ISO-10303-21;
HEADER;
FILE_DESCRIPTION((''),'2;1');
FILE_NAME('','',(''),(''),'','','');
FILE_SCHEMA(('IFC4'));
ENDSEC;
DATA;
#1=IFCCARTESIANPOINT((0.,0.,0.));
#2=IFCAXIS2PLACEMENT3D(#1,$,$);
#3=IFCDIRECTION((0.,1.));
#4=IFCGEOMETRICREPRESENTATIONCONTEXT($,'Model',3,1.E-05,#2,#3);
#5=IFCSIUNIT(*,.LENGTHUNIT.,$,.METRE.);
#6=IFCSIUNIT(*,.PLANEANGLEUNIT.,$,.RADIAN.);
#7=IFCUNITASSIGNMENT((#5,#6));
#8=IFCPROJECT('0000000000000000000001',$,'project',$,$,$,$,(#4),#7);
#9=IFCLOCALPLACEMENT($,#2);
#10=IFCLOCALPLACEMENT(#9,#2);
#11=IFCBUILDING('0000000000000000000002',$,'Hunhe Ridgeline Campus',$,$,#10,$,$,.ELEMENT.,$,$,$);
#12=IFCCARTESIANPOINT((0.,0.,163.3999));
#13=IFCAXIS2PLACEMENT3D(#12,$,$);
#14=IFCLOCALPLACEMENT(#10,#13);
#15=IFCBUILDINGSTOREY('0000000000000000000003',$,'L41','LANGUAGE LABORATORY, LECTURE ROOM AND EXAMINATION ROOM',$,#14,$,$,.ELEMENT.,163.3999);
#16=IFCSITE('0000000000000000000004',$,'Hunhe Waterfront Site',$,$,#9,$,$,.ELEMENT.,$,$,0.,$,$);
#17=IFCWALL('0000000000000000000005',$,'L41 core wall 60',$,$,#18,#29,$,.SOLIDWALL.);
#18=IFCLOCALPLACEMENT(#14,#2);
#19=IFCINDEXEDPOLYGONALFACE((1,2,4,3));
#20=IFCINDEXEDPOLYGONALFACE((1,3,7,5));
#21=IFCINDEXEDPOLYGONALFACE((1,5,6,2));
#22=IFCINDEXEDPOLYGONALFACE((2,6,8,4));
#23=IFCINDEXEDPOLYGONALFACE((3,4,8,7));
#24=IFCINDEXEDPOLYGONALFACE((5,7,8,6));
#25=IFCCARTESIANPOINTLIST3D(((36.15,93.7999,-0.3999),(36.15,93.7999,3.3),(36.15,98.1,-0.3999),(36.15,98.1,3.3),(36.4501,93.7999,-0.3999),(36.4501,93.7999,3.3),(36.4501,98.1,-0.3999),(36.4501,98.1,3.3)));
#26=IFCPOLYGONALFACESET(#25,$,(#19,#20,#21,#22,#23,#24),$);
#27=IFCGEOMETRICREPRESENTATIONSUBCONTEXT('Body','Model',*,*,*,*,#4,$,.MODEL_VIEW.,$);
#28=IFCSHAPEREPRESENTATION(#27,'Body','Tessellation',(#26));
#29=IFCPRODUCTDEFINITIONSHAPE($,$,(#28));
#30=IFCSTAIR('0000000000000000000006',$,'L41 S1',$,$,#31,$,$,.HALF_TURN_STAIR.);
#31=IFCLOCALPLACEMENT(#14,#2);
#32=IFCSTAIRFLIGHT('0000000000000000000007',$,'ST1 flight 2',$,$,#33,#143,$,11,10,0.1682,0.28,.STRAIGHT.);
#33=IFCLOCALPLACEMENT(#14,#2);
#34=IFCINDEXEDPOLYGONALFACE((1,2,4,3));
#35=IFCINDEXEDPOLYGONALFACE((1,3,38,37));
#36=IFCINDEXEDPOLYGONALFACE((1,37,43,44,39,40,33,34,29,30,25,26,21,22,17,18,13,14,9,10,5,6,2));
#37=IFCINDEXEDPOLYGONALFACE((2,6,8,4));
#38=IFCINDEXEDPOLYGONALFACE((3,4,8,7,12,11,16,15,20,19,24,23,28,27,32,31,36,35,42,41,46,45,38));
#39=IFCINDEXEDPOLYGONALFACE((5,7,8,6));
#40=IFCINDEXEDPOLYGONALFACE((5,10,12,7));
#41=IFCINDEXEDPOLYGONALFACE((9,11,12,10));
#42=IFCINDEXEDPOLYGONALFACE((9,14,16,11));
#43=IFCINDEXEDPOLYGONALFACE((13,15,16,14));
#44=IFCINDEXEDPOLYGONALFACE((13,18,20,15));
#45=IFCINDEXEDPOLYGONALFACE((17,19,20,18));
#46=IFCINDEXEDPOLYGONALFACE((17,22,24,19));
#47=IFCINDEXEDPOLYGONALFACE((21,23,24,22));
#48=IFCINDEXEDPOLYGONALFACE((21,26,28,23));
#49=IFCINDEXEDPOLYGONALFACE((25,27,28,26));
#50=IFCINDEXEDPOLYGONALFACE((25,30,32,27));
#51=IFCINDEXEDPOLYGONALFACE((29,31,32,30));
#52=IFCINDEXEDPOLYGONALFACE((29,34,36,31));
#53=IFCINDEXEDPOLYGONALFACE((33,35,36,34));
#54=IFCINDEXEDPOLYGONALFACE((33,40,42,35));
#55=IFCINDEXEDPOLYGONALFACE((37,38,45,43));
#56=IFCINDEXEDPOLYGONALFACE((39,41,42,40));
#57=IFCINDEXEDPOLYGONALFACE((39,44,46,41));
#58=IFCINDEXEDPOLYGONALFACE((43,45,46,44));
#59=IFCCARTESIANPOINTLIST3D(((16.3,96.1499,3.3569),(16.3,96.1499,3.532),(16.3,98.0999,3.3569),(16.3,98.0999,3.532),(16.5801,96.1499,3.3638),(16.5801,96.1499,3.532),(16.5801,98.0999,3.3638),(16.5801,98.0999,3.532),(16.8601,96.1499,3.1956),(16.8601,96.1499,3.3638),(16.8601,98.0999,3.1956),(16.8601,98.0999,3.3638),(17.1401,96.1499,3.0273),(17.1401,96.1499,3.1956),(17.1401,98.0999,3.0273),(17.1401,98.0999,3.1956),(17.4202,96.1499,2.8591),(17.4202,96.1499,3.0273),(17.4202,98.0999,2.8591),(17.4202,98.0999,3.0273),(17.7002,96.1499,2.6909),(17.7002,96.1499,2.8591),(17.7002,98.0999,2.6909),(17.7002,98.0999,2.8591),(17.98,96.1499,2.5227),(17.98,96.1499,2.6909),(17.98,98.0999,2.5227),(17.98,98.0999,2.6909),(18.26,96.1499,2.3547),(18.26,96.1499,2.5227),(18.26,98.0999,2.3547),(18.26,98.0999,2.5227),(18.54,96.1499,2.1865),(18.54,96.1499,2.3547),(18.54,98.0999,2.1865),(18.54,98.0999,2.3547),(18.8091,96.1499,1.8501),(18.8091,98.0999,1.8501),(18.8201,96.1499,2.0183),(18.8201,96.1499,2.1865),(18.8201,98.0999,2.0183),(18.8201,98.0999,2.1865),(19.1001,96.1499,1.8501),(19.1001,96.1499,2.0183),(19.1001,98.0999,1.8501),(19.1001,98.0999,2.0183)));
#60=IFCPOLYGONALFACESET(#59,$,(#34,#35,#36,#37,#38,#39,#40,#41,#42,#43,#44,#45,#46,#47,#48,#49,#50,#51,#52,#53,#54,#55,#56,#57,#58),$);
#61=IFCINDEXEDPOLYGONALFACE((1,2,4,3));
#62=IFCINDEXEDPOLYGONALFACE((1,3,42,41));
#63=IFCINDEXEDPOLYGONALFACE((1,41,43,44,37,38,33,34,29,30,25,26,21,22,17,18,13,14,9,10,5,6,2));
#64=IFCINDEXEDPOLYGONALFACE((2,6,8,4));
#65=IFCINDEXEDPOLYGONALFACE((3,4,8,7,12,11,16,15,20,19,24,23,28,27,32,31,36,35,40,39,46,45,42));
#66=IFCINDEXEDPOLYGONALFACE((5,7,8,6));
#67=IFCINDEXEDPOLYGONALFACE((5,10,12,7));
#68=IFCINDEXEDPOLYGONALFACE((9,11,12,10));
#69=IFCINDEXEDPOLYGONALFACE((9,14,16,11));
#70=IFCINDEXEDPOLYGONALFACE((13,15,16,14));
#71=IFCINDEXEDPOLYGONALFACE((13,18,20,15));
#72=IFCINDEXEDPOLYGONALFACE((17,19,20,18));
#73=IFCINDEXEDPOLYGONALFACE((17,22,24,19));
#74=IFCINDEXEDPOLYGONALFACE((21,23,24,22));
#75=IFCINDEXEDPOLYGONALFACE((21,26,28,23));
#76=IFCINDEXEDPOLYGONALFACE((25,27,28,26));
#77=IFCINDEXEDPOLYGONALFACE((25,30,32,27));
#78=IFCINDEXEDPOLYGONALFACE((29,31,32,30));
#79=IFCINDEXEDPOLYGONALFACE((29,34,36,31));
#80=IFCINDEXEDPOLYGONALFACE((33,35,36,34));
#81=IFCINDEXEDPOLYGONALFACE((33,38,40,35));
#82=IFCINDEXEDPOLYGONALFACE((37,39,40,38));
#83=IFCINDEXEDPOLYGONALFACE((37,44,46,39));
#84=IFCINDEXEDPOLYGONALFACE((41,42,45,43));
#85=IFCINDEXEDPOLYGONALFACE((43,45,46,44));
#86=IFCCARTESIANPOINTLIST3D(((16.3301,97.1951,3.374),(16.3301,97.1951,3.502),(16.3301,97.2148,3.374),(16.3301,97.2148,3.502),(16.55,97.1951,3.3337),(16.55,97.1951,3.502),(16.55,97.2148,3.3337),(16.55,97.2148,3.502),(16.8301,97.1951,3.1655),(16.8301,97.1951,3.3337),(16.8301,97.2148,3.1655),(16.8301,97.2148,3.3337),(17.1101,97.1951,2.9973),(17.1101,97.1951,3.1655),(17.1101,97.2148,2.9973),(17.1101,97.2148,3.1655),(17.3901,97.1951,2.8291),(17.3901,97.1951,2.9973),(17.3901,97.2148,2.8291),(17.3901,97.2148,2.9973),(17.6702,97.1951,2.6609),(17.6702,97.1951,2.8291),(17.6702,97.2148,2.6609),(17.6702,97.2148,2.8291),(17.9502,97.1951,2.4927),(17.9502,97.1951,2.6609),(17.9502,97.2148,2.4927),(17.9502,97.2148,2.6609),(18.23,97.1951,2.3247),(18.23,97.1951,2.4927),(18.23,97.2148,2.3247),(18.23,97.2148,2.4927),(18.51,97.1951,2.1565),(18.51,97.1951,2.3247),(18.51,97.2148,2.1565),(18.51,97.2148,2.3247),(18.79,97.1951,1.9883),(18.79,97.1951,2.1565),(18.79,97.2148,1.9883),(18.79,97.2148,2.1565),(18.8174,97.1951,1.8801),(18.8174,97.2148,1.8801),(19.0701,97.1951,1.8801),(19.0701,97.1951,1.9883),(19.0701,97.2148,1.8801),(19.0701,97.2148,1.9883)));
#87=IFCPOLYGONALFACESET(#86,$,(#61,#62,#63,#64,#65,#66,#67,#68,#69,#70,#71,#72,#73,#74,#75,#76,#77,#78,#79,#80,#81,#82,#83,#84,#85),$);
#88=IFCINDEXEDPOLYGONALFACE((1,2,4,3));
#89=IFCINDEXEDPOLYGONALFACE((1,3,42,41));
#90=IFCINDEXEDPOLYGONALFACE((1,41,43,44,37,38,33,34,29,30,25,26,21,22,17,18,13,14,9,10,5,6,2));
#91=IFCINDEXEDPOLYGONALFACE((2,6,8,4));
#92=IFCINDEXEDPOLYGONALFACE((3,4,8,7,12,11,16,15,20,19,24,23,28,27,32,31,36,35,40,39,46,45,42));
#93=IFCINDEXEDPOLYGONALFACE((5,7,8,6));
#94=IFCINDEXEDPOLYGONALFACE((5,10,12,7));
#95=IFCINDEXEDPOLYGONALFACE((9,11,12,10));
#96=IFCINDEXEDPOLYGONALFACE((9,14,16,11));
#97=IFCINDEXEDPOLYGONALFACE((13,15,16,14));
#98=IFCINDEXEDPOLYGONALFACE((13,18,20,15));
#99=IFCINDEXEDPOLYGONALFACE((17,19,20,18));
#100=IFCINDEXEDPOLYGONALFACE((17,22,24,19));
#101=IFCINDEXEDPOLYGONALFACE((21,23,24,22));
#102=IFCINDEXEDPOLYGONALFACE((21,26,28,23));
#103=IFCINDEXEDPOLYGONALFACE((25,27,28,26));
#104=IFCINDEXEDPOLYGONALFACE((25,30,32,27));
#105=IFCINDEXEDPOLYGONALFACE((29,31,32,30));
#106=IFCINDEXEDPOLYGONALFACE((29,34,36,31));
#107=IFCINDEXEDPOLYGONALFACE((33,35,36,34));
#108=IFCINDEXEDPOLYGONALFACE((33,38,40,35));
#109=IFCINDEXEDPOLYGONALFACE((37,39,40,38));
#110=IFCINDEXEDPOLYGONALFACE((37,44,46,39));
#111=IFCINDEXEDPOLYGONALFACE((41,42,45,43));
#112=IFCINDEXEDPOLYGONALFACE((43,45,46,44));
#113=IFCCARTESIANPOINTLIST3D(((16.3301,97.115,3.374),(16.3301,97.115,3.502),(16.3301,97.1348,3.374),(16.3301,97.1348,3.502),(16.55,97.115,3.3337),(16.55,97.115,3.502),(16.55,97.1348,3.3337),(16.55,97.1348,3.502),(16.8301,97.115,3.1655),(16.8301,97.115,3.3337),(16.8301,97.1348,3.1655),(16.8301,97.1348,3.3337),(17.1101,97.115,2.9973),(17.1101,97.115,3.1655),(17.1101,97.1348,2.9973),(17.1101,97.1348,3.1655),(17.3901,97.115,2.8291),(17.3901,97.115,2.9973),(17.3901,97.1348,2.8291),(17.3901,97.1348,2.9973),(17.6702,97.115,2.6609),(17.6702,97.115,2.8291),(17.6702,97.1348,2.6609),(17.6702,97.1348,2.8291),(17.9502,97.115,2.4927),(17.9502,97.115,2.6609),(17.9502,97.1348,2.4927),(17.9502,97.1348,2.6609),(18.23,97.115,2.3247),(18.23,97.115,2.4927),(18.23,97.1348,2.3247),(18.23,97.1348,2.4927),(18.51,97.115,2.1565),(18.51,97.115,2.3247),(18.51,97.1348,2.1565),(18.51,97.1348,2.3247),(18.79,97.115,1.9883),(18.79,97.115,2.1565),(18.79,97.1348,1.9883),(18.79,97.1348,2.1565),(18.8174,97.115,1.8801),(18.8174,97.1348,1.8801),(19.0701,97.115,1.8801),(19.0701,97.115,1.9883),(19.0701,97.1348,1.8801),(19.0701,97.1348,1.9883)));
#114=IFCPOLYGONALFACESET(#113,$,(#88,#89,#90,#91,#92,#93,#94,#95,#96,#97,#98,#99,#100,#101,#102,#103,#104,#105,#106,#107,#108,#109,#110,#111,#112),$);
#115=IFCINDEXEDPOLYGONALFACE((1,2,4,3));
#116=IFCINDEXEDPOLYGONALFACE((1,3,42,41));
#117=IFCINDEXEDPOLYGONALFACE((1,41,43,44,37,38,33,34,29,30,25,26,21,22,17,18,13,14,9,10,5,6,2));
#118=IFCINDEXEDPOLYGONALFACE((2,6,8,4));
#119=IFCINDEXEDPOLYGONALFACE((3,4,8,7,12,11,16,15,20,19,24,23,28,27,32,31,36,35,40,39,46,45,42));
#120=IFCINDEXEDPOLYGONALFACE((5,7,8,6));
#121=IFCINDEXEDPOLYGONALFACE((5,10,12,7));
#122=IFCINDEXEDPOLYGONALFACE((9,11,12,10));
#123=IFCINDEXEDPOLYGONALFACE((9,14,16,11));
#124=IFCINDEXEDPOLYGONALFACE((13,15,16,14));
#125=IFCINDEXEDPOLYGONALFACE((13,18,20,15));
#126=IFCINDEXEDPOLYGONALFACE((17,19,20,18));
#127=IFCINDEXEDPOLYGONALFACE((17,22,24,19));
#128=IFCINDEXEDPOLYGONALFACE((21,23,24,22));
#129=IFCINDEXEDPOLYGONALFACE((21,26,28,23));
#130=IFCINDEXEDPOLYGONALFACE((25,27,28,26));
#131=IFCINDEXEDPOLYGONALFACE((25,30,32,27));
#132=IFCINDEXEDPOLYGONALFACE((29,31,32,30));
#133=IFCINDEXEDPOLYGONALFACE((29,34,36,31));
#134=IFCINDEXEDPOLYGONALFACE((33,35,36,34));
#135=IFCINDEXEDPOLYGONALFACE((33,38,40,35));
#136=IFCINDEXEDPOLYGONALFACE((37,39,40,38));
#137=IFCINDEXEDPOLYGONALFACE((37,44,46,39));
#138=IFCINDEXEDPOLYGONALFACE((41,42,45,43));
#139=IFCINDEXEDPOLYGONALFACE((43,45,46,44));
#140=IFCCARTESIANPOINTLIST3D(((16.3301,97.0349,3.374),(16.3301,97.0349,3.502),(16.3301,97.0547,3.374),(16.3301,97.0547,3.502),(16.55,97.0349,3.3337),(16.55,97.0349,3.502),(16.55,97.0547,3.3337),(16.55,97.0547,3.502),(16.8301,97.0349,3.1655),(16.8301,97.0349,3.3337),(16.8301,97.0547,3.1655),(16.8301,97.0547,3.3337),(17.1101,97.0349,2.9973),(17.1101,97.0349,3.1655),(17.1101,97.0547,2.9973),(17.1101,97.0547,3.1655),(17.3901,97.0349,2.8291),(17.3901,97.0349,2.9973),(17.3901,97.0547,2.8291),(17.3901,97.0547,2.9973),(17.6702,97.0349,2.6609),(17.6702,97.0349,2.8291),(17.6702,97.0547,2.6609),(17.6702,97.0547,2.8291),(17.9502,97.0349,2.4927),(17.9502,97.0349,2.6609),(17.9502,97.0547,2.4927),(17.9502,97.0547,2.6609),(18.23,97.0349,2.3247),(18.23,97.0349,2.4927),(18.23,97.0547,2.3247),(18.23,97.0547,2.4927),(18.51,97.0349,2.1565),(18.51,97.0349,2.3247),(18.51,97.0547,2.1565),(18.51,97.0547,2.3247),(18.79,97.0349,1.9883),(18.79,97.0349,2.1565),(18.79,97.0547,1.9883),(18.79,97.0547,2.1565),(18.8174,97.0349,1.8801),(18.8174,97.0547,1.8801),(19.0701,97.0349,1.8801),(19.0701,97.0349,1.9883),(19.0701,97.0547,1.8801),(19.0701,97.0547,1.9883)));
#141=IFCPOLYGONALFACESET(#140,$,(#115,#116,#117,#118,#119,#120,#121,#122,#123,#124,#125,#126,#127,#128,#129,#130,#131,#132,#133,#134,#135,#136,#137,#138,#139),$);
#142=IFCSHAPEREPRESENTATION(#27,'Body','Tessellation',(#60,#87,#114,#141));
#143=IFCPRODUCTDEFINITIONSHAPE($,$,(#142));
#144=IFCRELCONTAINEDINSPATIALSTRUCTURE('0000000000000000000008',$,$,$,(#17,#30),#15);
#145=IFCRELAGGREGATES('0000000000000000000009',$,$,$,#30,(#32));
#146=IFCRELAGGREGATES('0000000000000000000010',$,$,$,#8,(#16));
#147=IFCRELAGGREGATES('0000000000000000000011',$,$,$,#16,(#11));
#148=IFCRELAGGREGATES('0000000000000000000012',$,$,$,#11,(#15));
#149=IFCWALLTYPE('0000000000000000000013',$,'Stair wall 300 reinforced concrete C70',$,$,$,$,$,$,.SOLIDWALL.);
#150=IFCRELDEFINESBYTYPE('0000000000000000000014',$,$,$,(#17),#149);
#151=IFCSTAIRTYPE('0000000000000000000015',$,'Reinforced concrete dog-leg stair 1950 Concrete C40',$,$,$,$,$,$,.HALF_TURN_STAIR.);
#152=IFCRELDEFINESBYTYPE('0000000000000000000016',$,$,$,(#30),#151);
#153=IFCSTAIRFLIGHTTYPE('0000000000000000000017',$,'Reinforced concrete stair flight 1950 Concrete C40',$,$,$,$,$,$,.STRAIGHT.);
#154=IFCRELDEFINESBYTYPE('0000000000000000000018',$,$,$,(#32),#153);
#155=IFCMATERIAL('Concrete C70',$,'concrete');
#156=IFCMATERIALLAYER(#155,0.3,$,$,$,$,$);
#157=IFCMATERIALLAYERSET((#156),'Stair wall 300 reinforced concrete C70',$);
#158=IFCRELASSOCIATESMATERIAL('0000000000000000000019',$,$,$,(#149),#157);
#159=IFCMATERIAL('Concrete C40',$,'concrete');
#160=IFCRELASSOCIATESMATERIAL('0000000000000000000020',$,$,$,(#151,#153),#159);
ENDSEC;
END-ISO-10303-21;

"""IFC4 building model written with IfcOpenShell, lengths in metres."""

from ifc_helpers import new_model, si_unit, direction, frame, frame_2d, origin, place, context, subcontext, project, spatial, polyline, rectangle, outline, extrude, material, layer, layer_set, type_object, element, aggregate, save


model = new_model("IFC4")

# Units and contexts
model_context = context("Model", 3, precision=1e-05, world=origin(), true_north=direction((0.0, 1.0)))
body_context = subcontext(model_context, "Body", "Model", "MODEL_VIEW")
ifc_project = project(units=[si_unit("LENGTHUNIT", "METRE"), si_unit("PLANEANGLEUNIT", "RADIAN")], contexts=[model_context])

# Site, building, storey
site_placement = place(None, origin())
site = spatial("IfcSite", under=ifc_project, at=site_placement, Name="Hunhe Waterfront Site", CompositionType="ELEMENT", RefElevation=0.0)
building_placement = place(site_placement, origin())
building = spatial("IfcBuilding", under=site, at=building_placement, Name="Hunhe Ridgeline Campus", CompositionType="ELEMENT")
storey_placement = place(building_placement, frame((0.0, 0.0, 163.3999)))
storey = spatial("IfcBuildingStorey", under=building, at=storey_placement, Name="L41", Description="LANGUAGE LABORATORY, LECTURE ROOM AND EXAMINATION ROOM", CompositionType="ELEMENT", Elevation=163.3999)

# Shared definitions
ifc_material_1 = material(Name="Concrete C70", Category="concrete")

# Shared definitions
ifc_layer_1 = layer(ifc_material_1, 0.3)
ifc_layer_set_1 = layer_set([ifc_layer_1], Name="Stair wall 300 reinforced concrete C70")
wall_type_1 = type_object("IfcWallType", Name="Stair wall 300 reinforced concrete C70", PredefinedType="SOLIDWALL", material=ifc_layer_set_1)

# Wall
wall_1_placement = place(storey_placement, frame((36.3, 93.8, -0.3999), z_axis=(0.0, 0.0, 1.0), x_axis=(0.0, 1.0, 0.0)))
element("IfcWall", 1, at=wall_1_placement, inside=storey, type_object=wall_type_1, Name="L41 core wall 60", PredefinedType="SOLIDWALL", context=body_context, shape_type="SweptSolid", body=[
    extrude(rectangle(XDim=4.3, YDim=0.3, at=frame_2d((2.1499, 0.0))), origin(), (0.0, 0.0, 1.0), 3.7),
])

# Stair, stair flight
ifc_material_2 = material(Name="Concrete C40", Category="concrete")
stair_type = type_object("IfcStairType", Name="Reinforced concrete dog-leg stair 1950 Concrete C40", PredefinedType="HALF_TURN_STAIR", material=ifc_material_2)
stair_1_placement = place(storey_placement, origin())
stair_1 = element("IfcStair", 2, at=stair_1_placement, inside=storey, type_object=stair_type, Name="L41 S1", PredefinedType="HALF_TURN_STAIR")
stair_flight_type = type_object("IfcStairFlightType", Name="Reinforced concrete stair flight 1950 Concrete C40", PredefinedType="STRAIGHT", material=ifc_material_2)
stair_flight_1_placement = place(storey_placement, frame((19.1001, 97.125, 1.8501), z_axis=(0.0, 0.0, 1.0), x_axis=(-1.0, 0.0, 0.0)))
stair_flight_1 = element("IfcStairFlight", 3, at=stair_flight_1_placement, type_object=stair_flight_type, Name="ST1 flight 2", NumberOfRisers=11, NumberOfTreads=10, PredefinedType="STRAIGHT", RiserHeight=0.1682, TreadLength=0.28, context=body_context, shape_type="SweptSolid", body=[
    extrude(outline(polyline([(0.0, 0.0), (0.0, 0.1682), (0.28, 0.1682), (0.28, 0.3364), (0.5601, 0.3364), (0.5601, 0.5046), (0.8401, 0.5046), (0.8401, 0.6726), (1.1201, 0.6726), (1.1201, 0.8408), (1.3999, 0.8408), (1.3999, 1.009), (1.6799, 1.009), (1.6799, 1.1772), (1.96, 1.1772), (1.96, 1.3455), (2.24, 1.3455), (2.24, 1.5137), (2.52, 1.5137), (2.52, 1.6819), (2.8, 1.6819), (2.8, 1.8501), (2.8, 1.5068), (0.291, 0.0), (0.0, 0.0)])), frame((0.0, 0.9751, 0.0), z_axis=(0.0, -1.0, 0.0), x_axis=(1.0, 0.0, 0.0)), (0.0, 0.0, 1.0), 1.95),
    extrude(outline(polyline([(0.03, 0.03), (0.03, 0.1382), (0.3101, 0.1382), (0.3101, 0.3064), (0.5901, 0.3064), (0.5901, 0.4746), (0.8701, 0.4746), (0.8701, 0.6426), (1.1499, 0.6426), (1.1499, 0.8108), (1.4299, 0.8108), (1.4299, 0.979), (1.71, 0.979), (1.71, 1.1472), (1.99, 1.1472), (1.99, 1.3154), (2.27, 1.3154), (2.27, 1.4836), (2.55, 1.4836), (2.55, 1.6519), (2.77, 1.6519), (2.77, 1.5239), (0.2827, 0.03), (0.03, 0.03)])), frame((0.0, -0.0701, 0.0), z_axis=(0.0, -1.0, 0.0), x_axis=(1.0, 0.0, 0.0)), (0.0, 0.0, 1.0), 0.0198),
    extrude(outline(polyline([(0.03, 0.03), (0.03, 0.1382), (0.3101, 0.1382), (0.3101, 0.3064), (0.5901, 0.3064), (0.5901, 0.4746), (0.8701, 0.4746), (0.8701, 0.6426), (1.1499, 0.6426), (1.1499, 0.8108), (1.4299, 0.8108), (1.4299, 0.979), (1.71, 0.979), (1.71, 1.1472), (1.99, 1.1472), (1.99, 1.3154), (2.27, 1.3154), (2.27, 1.4836), (2.55, 1.4836), (2.55, 1.6519), (2.77, 1.6519), (2.77, 1.5239), (0.2827, 0.03), (0.03, 0.03)])), frame((0.0, 0.01, 0.0), z_axis=(0.0, -1.0, 0.0), x_axis=(1.0, 0.0, 0.0)), (0.0, 0.0, 1.0), 0.0198),
    extrude(outline(polyline([(0.03, 0.03), (0.03, 0.1382), (0.3101, 0.1382), (0.3101, 0.3064), (0.5901, 0.3064), (0.5901, 0.4746), (0.8701, 0.4746), (0.8701, 0.6426), (1.1499, 0.6426), (1.1499, 0.8108), (1.4299, 0.8108), (1.4299, 0.979), (1.71, 0.979), (1.71, 1.1472), (1.99, 1.1472), (1.99, 1.3154), (2.27, 1.3154), (2.27, 1.4836), (2.55, 1.4836), (2.55, 1.6519), (2.77, 1.6519), (2.77, 1.5239), (0.2827, 0.03), (0.03, 0.03)])), frame((0.0, 0.0901, 0.0), z_axis=(0.0, -1.0, 0.0), x_axis=(1.0, 0.0, 0.0)), (0.0, 0.0, 1.0), 0.0198),
])
aggregate(stair_1, [stair_flight_1])

save(model, "model.ifc")
